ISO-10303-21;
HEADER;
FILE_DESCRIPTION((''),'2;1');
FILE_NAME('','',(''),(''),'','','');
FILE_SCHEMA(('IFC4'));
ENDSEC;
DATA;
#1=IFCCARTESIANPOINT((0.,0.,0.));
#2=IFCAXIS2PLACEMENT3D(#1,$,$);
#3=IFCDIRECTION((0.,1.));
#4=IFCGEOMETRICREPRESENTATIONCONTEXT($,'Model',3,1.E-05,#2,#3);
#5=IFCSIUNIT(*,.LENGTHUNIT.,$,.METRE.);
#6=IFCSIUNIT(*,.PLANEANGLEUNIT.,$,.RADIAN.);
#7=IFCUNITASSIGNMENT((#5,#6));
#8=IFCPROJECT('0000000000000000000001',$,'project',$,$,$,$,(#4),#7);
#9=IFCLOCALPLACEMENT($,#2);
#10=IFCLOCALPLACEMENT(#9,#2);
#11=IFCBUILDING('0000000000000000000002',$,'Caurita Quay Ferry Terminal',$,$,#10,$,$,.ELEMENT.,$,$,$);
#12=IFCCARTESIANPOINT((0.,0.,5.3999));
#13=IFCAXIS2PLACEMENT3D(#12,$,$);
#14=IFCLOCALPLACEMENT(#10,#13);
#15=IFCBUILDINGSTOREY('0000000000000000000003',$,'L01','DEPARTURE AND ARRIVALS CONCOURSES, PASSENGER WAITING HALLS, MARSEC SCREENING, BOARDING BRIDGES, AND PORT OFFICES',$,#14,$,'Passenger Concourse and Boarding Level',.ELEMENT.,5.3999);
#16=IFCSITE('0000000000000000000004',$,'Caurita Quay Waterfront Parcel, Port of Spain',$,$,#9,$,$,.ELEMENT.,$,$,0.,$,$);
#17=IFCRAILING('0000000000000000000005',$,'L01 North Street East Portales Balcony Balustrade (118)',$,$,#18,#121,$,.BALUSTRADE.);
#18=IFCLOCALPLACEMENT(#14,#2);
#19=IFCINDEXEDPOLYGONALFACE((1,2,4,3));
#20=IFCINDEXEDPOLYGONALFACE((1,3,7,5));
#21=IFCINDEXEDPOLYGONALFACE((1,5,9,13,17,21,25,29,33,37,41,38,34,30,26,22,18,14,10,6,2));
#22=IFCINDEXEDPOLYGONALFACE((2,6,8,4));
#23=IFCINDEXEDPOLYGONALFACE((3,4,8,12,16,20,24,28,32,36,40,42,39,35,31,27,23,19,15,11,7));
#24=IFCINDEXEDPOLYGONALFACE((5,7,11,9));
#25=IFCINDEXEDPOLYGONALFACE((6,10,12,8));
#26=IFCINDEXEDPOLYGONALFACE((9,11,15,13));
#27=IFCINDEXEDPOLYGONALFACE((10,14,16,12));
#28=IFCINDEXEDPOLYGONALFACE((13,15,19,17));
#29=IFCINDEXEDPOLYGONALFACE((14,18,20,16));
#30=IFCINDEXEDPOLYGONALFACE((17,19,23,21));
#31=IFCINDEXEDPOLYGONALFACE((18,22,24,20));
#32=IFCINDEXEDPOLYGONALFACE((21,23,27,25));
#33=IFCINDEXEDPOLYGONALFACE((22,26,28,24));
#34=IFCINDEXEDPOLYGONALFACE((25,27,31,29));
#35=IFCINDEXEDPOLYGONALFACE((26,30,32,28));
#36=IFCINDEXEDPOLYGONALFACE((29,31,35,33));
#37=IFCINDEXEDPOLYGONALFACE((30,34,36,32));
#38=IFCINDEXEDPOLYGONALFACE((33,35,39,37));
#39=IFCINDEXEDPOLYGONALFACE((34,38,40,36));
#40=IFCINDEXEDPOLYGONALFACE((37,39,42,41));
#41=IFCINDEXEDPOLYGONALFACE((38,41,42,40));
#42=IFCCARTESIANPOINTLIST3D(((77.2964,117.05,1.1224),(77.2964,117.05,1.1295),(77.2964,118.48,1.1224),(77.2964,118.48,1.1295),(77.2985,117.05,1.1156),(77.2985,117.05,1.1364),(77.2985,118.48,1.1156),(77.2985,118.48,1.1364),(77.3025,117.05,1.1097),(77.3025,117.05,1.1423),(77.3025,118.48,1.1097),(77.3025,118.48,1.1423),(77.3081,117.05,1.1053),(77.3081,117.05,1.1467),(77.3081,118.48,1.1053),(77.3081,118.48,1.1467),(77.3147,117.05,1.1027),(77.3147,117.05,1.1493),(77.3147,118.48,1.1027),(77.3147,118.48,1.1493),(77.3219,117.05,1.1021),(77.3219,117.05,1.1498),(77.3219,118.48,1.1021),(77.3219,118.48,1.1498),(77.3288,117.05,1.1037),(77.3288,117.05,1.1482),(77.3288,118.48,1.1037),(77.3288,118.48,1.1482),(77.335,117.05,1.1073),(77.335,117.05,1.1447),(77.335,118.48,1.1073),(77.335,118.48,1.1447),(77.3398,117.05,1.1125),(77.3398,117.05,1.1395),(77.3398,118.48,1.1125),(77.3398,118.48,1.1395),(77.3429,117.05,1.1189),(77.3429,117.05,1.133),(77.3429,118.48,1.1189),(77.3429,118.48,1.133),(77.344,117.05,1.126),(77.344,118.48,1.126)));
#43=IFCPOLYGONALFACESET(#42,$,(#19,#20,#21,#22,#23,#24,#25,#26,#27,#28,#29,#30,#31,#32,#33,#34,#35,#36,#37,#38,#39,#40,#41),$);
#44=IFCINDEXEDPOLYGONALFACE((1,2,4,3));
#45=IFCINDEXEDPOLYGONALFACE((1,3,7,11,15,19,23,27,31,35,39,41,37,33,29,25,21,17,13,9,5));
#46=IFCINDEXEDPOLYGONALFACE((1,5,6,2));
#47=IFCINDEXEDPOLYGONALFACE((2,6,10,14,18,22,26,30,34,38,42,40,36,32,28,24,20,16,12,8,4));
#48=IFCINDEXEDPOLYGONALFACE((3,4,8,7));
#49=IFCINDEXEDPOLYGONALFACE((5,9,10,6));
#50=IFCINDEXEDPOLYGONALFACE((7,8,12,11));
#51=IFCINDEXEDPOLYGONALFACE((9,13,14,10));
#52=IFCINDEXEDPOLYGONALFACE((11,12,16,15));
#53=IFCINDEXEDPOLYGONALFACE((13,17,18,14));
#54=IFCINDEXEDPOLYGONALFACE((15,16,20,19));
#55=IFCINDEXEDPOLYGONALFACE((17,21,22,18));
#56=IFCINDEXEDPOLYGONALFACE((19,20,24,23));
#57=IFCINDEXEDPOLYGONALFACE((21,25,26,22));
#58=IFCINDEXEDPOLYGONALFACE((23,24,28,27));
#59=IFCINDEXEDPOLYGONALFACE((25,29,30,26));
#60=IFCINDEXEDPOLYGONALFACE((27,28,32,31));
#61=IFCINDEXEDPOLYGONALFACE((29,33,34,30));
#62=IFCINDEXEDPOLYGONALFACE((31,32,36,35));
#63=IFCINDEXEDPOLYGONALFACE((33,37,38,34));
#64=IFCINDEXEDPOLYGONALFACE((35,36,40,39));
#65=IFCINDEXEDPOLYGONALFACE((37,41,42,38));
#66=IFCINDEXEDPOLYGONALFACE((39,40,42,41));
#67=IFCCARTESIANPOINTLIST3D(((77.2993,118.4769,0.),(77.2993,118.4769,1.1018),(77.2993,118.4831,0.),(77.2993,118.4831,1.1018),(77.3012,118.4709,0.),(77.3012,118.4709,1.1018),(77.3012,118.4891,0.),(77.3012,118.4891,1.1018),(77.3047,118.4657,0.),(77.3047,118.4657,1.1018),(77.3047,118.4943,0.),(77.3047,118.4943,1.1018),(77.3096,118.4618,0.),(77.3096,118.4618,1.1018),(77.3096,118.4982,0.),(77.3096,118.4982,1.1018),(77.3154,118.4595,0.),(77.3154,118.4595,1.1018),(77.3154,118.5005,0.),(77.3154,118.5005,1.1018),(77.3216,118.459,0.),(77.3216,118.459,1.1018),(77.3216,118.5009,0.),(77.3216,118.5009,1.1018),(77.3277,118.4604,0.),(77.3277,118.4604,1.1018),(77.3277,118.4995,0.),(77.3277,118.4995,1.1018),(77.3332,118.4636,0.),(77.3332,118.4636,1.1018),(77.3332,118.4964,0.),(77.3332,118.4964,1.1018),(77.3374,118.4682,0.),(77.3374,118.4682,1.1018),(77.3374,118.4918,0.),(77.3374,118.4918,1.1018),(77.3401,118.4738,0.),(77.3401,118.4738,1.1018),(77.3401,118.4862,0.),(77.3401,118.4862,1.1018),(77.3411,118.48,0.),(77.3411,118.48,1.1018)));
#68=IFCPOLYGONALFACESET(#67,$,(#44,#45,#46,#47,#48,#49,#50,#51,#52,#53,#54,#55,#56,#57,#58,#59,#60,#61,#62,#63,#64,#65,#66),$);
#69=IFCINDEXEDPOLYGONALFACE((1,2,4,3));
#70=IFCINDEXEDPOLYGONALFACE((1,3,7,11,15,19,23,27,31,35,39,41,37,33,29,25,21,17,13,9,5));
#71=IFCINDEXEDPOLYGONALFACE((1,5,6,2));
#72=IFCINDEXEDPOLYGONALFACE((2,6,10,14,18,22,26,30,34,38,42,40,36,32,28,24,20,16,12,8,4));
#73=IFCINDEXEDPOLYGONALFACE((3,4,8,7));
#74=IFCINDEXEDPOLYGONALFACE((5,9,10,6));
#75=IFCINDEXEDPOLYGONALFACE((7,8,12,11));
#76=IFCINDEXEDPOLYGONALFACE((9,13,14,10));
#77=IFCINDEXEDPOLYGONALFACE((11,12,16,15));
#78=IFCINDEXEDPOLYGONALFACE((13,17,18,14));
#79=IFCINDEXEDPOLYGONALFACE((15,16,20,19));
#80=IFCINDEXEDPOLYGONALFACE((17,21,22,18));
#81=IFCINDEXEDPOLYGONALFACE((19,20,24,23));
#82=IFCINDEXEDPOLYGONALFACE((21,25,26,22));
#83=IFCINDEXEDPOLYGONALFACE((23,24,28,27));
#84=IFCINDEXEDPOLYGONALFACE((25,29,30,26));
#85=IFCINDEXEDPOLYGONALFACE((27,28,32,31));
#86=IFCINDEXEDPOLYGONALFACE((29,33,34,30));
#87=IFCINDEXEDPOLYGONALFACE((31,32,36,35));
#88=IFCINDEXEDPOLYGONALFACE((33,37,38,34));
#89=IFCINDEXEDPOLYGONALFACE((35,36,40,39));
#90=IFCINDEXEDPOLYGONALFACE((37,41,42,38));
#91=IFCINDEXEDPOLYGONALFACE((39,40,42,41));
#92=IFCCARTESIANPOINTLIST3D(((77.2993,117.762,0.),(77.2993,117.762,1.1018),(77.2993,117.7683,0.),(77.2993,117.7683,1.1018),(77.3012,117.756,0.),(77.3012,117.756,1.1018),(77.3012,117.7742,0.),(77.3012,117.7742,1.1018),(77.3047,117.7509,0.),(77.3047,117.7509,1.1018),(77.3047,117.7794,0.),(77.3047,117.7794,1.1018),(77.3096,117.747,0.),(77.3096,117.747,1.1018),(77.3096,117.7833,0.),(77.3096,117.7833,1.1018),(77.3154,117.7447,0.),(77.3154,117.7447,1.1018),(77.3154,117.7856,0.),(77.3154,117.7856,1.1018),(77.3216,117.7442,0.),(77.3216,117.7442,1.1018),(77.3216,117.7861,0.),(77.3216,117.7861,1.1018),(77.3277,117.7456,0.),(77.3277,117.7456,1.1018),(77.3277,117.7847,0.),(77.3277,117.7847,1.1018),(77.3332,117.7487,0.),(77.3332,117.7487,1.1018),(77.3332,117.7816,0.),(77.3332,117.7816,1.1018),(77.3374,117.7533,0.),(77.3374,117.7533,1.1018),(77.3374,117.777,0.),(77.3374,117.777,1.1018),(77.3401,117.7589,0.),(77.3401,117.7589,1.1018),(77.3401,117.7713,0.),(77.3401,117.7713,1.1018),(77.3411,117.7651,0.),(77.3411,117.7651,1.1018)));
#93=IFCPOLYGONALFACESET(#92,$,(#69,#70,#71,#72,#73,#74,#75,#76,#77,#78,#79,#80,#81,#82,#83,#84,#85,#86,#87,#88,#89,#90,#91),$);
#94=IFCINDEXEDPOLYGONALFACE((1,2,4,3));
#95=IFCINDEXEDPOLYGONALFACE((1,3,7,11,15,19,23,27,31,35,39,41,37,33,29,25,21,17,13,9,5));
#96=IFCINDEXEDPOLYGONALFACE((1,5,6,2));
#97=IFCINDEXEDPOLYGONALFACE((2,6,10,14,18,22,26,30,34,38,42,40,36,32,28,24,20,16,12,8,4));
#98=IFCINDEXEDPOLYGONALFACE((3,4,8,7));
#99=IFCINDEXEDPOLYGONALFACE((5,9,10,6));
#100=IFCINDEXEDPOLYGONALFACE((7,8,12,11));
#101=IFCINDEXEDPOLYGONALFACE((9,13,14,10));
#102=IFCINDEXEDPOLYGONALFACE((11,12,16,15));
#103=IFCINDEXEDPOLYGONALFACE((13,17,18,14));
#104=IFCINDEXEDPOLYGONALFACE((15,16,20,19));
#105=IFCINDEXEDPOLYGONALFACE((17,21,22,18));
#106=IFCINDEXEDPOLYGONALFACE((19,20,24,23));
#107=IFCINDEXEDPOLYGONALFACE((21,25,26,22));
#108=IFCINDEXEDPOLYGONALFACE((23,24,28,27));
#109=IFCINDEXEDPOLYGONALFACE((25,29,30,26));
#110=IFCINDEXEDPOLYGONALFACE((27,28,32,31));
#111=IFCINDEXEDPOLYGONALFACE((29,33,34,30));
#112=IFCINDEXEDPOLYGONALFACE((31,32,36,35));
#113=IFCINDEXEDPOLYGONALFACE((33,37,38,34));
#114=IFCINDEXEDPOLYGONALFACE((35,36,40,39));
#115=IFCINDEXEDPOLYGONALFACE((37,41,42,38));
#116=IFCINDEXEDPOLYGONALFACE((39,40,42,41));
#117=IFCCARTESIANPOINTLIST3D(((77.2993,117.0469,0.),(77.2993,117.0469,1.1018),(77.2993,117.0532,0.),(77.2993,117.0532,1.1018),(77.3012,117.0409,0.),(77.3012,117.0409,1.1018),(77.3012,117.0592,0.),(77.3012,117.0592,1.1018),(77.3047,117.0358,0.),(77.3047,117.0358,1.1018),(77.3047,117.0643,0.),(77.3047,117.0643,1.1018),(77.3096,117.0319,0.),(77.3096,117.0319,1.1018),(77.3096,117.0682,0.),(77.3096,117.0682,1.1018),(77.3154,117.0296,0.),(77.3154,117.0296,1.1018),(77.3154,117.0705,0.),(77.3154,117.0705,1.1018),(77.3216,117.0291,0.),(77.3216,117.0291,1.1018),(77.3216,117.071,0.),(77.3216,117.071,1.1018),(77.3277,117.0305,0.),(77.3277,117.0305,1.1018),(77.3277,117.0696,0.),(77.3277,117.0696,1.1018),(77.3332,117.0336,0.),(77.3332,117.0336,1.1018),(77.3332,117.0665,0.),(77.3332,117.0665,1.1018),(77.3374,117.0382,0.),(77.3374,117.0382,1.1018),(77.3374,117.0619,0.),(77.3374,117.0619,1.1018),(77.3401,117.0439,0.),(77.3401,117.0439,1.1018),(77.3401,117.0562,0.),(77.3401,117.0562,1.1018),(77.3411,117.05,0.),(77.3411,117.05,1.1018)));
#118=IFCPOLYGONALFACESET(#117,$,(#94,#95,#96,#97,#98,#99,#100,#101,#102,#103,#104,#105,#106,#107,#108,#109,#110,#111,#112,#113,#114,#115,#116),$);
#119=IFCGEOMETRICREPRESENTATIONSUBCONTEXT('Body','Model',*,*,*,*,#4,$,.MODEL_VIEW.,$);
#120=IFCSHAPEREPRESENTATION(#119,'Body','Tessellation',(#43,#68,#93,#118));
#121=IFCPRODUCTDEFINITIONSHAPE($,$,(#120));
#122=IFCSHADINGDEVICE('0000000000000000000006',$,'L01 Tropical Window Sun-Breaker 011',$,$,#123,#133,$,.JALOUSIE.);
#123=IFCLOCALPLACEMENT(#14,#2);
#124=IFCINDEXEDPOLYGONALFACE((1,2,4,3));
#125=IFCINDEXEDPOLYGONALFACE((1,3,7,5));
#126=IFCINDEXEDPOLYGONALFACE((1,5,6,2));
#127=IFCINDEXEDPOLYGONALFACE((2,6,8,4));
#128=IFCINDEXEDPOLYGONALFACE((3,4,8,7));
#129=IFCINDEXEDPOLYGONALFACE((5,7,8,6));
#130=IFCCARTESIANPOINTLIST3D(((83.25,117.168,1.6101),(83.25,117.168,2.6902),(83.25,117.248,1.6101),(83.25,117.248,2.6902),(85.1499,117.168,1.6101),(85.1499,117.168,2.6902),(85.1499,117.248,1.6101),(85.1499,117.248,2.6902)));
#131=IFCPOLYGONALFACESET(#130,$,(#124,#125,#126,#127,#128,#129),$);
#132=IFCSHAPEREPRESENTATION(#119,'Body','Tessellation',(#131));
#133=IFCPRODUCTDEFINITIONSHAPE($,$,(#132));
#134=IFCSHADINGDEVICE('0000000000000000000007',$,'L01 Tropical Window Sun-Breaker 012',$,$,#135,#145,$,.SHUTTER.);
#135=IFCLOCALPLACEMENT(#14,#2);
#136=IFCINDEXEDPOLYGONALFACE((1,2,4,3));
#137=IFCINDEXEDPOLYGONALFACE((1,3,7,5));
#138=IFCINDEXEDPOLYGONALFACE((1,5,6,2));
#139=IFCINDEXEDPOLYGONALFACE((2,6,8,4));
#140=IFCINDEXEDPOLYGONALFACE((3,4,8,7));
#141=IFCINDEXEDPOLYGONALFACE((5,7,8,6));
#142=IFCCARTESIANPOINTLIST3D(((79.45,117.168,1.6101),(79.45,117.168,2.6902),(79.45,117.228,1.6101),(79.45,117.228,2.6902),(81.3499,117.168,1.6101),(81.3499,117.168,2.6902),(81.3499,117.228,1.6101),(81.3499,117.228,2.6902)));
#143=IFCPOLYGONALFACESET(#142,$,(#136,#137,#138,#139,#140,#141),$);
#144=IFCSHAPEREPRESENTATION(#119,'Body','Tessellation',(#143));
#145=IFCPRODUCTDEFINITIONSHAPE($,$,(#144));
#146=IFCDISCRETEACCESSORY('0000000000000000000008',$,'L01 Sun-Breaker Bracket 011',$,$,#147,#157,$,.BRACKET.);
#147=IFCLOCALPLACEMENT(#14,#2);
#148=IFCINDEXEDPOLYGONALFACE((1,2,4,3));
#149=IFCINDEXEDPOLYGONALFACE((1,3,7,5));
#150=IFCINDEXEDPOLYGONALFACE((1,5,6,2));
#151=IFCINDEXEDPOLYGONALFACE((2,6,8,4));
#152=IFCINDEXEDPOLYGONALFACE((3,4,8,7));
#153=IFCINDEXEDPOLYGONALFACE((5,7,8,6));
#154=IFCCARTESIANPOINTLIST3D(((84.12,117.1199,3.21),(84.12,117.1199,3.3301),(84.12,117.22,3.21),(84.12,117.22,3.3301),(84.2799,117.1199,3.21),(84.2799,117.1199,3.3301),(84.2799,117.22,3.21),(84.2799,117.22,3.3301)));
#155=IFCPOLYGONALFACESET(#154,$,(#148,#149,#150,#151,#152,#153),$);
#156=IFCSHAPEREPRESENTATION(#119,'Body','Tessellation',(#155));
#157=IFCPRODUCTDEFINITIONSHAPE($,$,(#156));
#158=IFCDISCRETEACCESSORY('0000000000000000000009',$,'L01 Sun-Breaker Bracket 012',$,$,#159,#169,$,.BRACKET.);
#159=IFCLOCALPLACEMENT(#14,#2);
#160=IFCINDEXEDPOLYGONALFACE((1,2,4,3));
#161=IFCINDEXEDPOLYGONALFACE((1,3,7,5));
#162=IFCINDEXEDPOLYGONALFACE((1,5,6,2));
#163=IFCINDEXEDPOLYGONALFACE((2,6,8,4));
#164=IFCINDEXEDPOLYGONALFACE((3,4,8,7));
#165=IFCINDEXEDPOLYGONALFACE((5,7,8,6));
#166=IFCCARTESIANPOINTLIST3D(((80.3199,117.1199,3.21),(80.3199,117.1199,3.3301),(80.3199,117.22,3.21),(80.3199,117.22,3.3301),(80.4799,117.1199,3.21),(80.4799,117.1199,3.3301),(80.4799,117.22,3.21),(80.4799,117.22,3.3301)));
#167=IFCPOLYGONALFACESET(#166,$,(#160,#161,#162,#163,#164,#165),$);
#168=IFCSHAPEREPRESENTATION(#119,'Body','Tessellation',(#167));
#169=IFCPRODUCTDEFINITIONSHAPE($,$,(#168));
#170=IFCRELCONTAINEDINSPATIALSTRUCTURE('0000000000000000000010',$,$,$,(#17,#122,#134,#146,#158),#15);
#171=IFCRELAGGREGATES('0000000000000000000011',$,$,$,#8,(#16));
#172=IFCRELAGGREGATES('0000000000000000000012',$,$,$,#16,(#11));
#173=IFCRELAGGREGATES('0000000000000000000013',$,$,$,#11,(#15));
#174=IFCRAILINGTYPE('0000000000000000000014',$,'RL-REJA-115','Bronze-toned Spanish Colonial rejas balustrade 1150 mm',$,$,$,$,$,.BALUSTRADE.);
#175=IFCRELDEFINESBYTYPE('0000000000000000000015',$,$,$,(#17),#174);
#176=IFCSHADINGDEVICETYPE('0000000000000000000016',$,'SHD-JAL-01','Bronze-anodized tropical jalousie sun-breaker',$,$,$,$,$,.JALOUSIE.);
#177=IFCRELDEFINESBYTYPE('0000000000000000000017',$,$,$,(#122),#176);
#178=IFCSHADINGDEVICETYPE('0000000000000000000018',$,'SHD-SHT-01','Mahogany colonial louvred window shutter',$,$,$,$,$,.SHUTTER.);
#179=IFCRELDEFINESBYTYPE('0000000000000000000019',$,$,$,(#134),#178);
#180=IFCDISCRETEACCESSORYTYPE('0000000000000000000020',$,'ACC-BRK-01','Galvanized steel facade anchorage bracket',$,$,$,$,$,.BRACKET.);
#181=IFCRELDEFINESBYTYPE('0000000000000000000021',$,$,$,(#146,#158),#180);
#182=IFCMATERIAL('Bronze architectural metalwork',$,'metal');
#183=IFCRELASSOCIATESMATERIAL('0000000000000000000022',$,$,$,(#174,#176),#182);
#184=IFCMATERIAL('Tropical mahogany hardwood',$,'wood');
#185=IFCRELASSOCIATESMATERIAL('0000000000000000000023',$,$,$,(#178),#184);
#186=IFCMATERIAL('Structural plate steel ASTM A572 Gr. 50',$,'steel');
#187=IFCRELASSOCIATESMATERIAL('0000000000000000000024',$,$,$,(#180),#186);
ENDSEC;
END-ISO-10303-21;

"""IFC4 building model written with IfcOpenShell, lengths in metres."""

from ifc_helpers import new_model, si_unit, direction, frame, origin, origin_2d, place, context, subcontext, project, spatial, rectangle, circle, extrude, material, type_object, element, save


model = new_model("IFC4")

# Units and contexts
model_context = context("Model", 3, precision=1e-05, world=origin(), true_north=direction((0.0, 1.0)))
body_context = subcontext(model_context, "Body", "Model", "MODEL_VIEW")
ifc_project = project(units=[si_unit("LENGTHUNIT", "METRE"), si_unit("PLANEANGLEUNIT", "RADIAN")], contexts=[model_context])

# Site, building, storey
site_placement = place(None, origin())
site = spatial("IfcSite", under=ifc_project, at=site_placement, Name="Caurita Quay Waterfront Parcel, Port of Spain", CompositionType="ELEMENT", RefElevation=0.0)
building_placement = place(site_placement, origin())
building = spatial("IfcBuilding", under=site, at=building_placement, Name="Caurita Quay Ferry Terminal", CompositionType="ELEMENT")
storey_placement = place(building_placement, frame((0.0, 0.0, 5.3999)))
storey = spatial("IfcBuildingStorey", under=building, at=storey_placement, Name="L01", Description="DEPARTURE AND ARRIVALS CONCOURSES, PASSENGER WAITING HALLS, MARSEC SCREENING, BOARDING BRIDGES, AND PORT OFFICES", LongName="Passenger Concourse and Boarding Level", CompositionType="ELEMENT", Elevation=5.3999)

# Railing
ifc_material_1 = material(Name="Bronze architectural metalwork", Category="metal")
railing_type = type_object("IfcRailingType", Name="RL-REJA-115", Description="Bronze-toned Spanish Colonial rejas balustrade 1150 mm", PredefinedType="BALUSTRADE", material=ifc_material_1)
railing_placement = place(storey_placement, frame((77.3201, 118.48, 0.0)))
element("IfcRailing", 1, at=railing_placement, inside=storey, type_object=railing_type, Name="L01 North Street East Portales Balcony Balustrade (118)", PredefinedType="BALUSTRADE", context=body_context, shape_type="SweptSolid", body=[
    extrude(circle(Radius=0.0239, at=origin_2d()), frame((0.0, 0.0, 1.126), z_axis=(0.0, -1.0, 0.0), x_axis=(1.0, 0.0, 0.0)), (0.0, 0.0, 1.0), 1.4299),
    extrude(circle(Radius=0.021, at=origin_2d()), origin(), (0.0, 0.0, 1.0), 1.1018),
    extrude(circle(Radius=0.021, at=origin_2d()), frame((0.0, -0.7148, 0.0)), (0.0, 0.0, 1.0), 1.1018),
    extrude(circle(Radius=0.021, at=origin_2d()), frame((0.0, -1.4299, 0.0)), (0.0, 0.0, 1.0), 1.1018),
])

# Shading devices
shading_device_type_1 = type_object("IfcShadingDeviceType", Name="SHD-JAL-01", Description="Bronze-anodized tropical jalousie sun-breaker", PredefinedType="JALOUSIE", material=ifc_material_1)
shading_device_1_placement = place(storey_placement, frame((84.2, 117.208, 1.6101), z_axis=(0.0, 0.0, 1.0), x_axis=(-1.0, 0.0, 0.0)))
element("IfcShadingDevice", 2, at=shading_device_1_placement, inside=storey, type_object=shading_device_type_1, Name="L01 Tropical Window Sun-Breaker 011", PredefinedType="JALOUSIE", context=body_context, shape_type="SweptSolid", body=[
    extrude(rectangle(XDim=1.8999, YDim=0.0801, at=origin_2d()), origin(), (0.0, 0.0, 1.0), 1.0801),
])
ifc_material_2 = material(Name="Tropical mahogany hardwood", Category="wood")
shading_device_type_2 = type_object("IfcShadingDeviceType", Name="SHD-SHT-01", Description="Mahogany colonial louvred window shutter", PredefinedType="SHUTTER", material=ifc_material_2)
shading_device_2_placement = place(storey_placement, frame((80.3999, 117.198, 1.6101), z_axis=(0.0, 0.0, 1.0), x_axis=(-1.0, 0.0, 0.0)))
element("IfcShadingDevice", 3, at=shading_device_2_placement, inside=storey, type_object=shading_device_type_2, Name="L01 Tropical Window Sun-Breaker 012", PredefinedType="SHUTTER", context=body_context, shape_type="SweptSolid", body=[
    extrude(rectangle(XDim=1.8999, YDim=0.0601, at=origin_2d()), origin(), (0.0, 0.0, 1.0), 1.0801),
])

# Discrete accessories
ifc_material_3 = material(Name="Structural plate steel ASTM A572 Gr. 50", Category="steel")
discrete_accessory_type = type_object("IfcDiscreteAccessoryType", Name="ACC-BRK-01", Description="Galvanized steel facade anchorage bracket", PredefinedType="BRACKET", material=ifc_material_3)
for number, where, z_axis, x_axis, name in (
    (4, (84.2, 117.1699, 3.21), (0.0, 0.0, 1.0), (-1.0, 0.0, 0.0), "L01 Sun-Breaker Bracket 011"),
    (5, (80.3999, 117.1699, 3.21), (0.0, 0.0, 1.0), (-1.0, 0.0, 0.0), "L01 Sun-Breaker Bracket 012"),
):
    element("IfcDiscreteAccessory", number, at=place(storey_placement, frame(where, z_axis=z_axis, x_axis=x_axis)), inside=storey, type_object=discrete_accessory_type, Name=name, PredefinedType="BRACKET", context=body_context, shape_type="SweptSolid", body=[
        extrude(rectangle(XDim=0.1599, YDim=0.1001, at=origin_2d()), origin(), (0.0, 0.0, 1.0), 0.1201),
    ])

save(model, "model.ifc")
